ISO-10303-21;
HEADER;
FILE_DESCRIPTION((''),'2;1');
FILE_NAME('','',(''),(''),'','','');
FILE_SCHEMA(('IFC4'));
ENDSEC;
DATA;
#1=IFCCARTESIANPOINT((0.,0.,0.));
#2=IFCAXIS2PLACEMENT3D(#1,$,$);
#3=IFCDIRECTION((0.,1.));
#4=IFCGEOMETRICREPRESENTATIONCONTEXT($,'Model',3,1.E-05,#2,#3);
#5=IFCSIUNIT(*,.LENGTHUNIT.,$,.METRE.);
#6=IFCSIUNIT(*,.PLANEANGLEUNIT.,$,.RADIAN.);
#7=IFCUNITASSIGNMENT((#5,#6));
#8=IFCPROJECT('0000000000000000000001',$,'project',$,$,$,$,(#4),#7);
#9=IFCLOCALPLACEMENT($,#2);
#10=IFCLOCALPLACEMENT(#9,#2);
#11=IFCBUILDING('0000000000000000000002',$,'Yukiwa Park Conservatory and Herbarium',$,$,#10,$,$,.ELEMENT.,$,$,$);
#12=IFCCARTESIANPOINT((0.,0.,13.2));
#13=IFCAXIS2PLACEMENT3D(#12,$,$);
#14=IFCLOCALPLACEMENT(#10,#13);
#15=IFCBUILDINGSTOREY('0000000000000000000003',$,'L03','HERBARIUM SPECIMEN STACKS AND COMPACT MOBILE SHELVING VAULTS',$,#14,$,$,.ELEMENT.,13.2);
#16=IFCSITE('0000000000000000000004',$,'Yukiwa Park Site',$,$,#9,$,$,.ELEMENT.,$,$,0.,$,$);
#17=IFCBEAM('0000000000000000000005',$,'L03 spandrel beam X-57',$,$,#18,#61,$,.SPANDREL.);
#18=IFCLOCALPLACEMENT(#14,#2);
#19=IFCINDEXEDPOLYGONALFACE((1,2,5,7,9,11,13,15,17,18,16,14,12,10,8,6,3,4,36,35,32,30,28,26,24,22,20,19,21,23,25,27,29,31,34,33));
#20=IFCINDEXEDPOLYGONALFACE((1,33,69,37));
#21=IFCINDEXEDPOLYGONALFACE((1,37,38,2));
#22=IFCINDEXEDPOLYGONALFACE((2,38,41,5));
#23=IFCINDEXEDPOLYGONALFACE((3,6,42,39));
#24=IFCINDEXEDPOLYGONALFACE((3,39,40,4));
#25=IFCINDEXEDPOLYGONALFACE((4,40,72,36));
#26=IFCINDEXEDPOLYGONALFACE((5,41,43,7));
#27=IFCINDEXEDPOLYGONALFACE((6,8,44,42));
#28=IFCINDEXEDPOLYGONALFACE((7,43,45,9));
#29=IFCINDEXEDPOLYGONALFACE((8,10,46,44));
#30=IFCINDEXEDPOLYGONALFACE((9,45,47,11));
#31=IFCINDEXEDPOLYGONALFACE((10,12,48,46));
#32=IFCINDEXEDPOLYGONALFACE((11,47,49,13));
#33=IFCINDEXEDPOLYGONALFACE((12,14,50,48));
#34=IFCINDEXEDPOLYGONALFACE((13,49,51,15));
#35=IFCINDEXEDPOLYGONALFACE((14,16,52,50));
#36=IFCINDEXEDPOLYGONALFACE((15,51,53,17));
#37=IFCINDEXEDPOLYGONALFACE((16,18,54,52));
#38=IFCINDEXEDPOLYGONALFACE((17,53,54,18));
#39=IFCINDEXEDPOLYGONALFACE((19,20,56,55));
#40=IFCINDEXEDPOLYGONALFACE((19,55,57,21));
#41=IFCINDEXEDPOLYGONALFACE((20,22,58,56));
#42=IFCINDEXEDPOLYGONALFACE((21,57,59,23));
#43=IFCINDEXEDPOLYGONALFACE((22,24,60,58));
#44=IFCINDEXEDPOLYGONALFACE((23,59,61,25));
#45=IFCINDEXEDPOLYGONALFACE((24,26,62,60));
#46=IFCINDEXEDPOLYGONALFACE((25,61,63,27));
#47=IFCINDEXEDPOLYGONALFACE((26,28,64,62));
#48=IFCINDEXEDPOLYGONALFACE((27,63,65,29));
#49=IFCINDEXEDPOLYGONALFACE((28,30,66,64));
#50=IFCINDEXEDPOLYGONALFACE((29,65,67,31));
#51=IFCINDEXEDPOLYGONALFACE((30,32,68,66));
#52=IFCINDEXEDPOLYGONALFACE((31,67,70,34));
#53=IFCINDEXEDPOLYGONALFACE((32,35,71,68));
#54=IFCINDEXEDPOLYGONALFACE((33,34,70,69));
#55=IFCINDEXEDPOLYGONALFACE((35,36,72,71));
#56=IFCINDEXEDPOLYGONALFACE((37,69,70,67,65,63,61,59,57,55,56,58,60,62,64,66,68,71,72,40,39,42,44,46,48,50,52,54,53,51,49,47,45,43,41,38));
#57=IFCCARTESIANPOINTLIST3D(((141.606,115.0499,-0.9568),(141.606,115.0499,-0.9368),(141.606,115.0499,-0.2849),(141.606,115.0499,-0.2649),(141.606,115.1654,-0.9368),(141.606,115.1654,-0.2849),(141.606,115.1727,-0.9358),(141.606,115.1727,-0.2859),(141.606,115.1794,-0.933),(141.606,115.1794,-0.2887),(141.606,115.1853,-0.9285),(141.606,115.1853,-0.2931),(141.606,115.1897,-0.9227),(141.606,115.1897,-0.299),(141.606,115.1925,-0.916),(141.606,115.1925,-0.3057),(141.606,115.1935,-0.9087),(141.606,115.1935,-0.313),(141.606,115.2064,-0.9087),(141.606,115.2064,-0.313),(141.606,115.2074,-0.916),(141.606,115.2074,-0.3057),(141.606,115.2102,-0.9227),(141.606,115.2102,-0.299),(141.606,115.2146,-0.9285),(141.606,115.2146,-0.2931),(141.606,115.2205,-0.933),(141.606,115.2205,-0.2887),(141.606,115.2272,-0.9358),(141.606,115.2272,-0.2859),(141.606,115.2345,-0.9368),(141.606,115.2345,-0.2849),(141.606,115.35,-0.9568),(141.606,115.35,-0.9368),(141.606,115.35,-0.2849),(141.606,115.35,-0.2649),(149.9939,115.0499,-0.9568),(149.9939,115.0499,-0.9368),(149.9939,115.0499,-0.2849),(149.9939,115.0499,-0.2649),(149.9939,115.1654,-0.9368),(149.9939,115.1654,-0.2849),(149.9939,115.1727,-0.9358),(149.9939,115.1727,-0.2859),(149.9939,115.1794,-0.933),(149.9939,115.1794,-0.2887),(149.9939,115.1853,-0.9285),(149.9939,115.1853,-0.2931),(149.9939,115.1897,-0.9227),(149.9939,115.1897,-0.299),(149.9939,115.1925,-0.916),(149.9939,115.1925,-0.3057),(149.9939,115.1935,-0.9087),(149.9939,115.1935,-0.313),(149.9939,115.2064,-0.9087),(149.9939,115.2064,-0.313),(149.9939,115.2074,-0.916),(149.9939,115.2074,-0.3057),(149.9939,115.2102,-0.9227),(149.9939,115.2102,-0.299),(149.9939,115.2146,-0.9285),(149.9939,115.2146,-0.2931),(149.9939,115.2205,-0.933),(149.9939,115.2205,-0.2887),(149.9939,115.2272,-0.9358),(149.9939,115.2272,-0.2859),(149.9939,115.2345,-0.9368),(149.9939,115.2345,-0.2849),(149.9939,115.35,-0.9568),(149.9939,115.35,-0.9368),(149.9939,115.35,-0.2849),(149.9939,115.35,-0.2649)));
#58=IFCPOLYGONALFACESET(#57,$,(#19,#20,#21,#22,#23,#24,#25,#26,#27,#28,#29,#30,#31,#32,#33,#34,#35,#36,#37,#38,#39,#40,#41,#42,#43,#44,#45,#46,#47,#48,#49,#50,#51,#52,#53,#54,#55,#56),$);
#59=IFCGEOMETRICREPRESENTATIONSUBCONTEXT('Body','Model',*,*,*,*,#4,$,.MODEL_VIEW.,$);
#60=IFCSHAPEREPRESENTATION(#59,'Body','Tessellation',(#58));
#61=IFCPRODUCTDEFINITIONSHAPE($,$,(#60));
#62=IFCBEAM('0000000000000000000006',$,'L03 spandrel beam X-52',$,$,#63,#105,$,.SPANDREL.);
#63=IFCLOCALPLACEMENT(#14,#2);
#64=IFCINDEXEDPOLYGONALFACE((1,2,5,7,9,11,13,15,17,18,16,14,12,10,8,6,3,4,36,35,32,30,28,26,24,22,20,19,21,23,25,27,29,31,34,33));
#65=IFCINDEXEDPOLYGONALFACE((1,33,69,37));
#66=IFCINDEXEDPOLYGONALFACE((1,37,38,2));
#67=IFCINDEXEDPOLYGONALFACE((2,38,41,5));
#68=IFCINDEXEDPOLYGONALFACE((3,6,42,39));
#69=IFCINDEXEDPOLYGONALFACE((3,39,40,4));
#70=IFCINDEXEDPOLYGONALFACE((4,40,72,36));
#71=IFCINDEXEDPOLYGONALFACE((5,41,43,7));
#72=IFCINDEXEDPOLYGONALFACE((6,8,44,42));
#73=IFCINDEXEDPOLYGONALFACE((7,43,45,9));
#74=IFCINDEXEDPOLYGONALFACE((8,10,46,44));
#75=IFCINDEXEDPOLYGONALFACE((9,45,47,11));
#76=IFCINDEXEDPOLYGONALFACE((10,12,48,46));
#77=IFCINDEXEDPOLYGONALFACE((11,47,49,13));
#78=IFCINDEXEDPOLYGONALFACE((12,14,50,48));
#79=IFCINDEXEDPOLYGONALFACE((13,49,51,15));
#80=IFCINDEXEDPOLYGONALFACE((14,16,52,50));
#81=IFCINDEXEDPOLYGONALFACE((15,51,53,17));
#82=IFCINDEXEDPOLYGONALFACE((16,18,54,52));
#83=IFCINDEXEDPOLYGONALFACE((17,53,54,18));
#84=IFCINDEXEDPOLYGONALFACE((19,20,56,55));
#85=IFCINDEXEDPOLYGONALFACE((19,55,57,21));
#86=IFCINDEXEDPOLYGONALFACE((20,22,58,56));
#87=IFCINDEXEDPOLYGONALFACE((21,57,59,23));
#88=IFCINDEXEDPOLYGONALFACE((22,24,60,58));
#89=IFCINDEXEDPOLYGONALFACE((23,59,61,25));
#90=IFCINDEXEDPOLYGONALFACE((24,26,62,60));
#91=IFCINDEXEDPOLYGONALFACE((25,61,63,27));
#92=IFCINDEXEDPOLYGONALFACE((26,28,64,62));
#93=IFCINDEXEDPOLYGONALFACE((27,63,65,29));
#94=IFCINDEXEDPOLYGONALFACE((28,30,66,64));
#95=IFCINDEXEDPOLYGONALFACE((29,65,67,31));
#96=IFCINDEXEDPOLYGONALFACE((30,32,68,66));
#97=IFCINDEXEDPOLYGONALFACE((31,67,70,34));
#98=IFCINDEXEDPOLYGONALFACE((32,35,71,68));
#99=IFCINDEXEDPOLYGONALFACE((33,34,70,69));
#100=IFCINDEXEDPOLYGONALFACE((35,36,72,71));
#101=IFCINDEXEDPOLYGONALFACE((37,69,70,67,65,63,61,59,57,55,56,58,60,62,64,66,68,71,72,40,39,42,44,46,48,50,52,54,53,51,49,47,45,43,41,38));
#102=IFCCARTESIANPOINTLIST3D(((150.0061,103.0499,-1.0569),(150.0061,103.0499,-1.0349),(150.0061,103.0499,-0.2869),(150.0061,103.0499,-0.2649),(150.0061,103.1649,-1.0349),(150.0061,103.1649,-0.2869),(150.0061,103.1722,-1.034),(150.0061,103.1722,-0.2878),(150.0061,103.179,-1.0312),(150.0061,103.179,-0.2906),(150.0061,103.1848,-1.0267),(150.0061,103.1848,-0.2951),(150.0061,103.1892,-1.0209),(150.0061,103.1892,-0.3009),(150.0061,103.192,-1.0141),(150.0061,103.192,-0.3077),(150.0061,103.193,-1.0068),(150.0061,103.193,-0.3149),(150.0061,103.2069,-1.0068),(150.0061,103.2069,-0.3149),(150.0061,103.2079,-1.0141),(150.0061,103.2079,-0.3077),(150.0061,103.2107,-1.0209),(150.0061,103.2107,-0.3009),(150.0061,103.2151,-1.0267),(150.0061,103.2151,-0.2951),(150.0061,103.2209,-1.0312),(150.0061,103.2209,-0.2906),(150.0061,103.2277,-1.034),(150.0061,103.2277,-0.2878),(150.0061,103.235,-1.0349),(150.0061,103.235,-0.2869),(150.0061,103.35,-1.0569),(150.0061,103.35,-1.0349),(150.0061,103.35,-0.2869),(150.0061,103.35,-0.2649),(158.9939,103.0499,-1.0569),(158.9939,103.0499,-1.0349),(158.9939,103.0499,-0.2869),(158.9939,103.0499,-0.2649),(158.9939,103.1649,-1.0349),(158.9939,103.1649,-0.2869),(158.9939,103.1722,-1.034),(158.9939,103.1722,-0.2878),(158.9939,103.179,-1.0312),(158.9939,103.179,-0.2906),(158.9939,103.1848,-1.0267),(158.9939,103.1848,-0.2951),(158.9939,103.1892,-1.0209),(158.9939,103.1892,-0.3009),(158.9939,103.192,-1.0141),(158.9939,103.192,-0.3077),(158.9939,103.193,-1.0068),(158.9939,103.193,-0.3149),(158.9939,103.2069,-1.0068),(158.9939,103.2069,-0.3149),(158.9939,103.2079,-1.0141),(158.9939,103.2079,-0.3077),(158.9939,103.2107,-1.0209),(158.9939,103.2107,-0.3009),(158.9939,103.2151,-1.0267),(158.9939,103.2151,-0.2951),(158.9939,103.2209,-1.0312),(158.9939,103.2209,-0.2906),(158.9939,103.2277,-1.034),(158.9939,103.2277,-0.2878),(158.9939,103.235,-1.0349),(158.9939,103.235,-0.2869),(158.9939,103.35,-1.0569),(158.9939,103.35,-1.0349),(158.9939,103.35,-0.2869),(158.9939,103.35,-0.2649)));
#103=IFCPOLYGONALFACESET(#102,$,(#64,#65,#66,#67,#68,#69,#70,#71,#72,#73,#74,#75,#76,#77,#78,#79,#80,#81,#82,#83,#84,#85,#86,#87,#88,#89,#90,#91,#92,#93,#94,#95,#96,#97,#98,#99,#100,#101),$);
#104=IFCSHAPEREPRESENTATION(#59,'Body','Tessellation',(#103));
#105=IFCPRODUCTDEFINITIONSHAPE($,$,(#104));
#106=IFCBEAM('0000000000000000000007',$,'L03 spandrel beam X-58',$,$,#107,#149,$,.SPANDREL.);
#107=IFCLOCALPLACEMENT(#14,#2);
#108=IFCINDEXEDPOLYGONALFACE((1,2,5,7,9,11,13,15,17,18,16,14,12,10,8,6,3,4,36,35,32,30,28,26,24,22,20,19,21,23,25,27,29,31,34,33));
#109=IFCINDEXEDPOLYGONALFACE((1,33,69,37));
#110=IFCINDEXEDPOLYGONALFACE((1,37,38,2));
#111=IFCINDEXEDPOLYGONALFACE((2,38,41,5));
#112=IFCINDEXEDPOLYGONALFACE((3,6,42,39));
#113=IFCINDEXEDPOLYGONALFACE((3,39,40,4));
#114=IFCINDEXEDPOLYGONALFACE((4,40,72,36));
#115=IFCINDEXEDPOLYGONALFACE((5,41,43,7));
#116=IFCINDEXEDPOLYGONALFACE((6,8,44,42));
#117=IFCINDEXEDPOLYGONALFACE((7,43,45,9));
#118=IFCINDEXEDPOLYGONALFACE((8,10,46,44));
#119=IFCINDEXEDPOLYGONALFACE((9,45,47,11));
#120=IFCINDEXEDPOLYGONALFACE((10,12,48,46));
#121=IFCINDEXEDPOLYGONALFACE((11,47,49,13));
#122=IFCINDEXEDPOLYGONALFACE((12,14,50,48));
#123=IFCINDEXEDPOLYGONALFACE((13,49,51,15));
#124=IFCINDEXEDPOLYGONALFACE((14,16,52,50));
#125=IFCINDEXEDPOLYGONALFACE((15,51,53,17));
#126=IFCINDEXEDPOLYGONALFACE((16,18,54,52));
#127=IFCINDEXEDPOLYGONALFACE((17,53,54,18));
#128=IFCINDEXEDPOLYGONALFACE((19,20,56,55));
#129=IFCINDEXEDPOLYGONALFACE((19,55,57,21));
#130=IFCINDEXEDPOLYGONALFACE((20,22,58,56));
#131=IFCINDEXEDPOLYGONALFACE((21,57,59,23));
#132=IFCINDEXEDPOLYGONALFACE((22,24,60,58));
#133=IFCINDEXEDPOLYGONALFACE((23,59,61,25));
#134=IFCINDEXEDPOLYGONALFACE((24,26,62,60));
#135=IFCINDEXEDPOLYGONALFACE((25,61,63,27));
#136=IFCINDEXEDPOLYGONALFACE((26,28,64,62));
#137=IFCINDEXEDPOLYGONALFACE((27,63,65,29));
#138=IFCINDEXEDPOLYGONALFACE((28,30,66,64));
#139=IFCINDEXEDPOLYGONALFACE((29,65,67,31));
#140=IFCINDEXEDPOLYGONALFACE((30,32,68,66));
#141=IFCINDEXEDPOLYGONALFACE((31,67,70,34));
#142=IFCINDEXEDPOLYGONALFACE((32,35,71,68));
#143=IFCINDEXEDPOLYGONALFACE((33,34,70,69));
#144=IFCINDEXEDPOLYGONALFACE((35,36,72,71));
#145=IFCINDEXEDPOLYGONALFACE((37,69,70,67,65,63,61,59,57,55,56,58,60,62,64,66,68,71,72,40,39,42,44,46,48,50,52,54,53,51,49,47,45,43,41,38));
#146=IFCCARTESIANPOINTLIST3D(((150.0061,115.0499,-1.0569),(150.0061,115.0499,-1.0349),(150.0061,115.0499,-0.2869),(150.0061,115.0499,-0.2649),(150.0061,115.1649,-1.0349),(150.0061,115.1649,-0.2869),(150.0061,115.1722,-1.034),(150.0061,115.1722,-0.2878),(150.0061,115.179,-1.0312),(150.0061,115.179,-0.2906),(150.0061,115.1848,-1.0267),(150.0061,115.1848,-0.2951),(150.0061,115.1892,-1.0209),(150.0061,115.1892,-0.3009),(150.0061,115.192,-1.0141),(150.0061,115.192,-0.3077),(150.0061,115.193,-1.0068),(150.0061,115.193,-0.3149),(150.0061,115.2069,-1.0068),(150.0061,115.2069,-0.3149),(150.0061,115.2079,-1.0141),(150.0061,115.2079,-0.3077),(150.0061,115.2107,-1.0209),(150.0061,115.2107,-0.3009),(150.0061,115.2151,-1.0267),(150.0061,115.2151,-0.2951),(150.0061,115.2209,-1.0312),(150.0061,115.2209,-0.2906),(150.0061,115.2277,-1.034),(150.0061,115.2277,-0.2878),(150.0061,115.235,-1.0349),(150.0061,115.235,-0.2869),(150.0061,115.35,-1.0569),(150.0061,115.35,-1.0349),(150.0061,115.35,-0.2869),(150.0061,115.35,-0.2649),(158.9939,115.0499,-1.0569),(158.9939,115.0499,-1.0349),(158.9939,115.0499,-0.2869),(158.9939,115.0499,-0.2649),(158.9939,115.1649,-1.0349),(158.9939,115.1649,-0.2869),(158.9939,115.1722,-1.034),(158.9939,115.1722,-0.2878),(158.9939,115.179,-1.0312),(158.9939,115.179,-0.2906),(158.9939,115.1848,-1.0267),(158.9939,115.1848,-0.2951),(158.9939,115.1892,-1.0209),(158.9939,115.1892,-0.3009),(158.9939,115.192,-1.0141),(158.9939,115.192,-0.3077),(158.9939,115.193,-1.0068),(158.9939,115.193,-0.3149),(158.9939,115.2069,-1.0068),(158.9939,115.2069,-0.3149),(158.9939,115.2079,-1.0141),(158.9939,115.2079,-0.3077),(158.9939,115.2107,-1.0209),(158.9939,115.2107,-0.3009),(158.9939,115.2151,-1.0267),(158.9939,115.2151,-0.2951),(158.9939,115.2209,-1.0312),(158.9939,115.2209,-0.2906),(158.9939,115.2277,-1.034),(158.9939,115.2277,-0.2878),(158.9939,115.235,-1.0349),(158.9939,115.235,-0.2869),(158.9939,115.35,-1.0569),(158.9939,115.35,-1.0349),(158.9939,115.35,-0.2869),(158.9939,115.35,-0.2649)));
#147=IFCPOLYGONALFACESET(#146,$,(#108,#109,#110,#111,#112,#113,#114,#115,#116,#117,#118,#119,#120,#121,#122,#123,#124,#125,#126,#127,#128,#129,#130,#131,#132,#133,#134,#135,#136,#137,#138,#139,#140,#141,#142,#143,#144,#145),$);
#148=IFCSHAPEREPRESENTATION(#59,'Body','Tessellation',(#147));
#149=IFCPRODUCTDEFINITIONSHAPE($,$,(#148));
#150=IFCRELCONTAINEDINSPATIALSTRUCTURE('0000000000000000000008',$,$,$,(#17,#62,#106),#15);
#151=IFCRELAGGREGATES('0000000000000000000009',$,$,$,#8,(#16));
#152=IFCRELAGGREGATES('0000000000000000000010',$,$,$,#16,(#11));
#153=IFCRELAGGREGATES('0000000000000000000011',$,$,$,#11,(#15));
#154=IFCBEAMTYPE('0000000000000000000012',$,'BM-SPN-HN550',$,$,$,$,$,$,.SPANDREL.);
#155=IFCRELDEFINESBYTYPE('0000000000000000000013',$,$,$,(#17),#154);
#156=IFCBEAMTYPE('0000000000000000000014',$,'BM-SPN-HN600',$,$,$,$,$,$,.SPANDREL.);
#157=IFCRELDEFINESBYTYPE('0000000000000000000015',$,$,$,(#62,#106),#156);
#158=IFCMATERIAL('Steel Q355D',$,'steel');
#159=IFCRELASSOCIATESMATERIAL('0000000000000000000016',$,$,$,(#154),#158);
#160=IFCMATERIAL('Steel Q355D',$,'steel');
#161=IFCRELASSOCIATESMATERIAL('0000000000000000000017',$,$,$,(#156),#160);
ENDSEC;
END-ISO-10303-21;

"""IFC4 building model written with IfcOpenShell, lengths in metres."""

from ifc_helpers import new_model, si_unit, direction, frame, origin, origin_2d, place, context, subcontext, project, spatial, i_section, extrude, material, material_profile, profile_set, type_object, element, save


model = new_model("IFC4")

# Units and contexts
model_context = context("Model", 3, precision=1e-05, world=origin(), true_north=direction((0.0, 1.0)))
body_context = subcontext(model_context, "Body", "Model", "MODEL_VIEW")
ifc_project = project(units=[si_unit("LENGTHUNIT", "METRE"), si_unit("PLANEANGLEUNIT", "RADIAN")], contexts=[model_context])

# Site, building, storey
site_placement = place(None, origin())
site = spatial("IfcSite", under=ifc_project, at=site_placement, Name="Yukiwa Park Site", CompositionType="ELEMENT", RefElevation=0.0)
building_placement = place(site_placement, origin())
building = spatial("IfcBuilding", under=site, at=building_placement, Name="Yukiwa Park Conservatory and Herbarium", CompositionType="ELEMENT")
storey_placement = place(building_placement, frame((0.0, 0.0, 13.2)))
storey = spatial("IfcBuildingStorey", under=building, at=storey_placement, Name="L03", Description="HERBARIUM SPECIMEN STACKS AND COMPACT MOBILE SHELVING VAULTS", CompositionType="ELEMENT", Elevation=13.2)

# Beams
ifc_material_1 = material(Name="Steel Q355D", Category="steel")
ifc_material_profile_1 = material_profile(ifc_material_1, i_section(OverallWidth=0.3, OverallDepth=0.6919, WebThickness=0.0129, FlangeThickness=0.02, FilletRadius=0.0281, at=origin_2d()), Name="HN 692x300x13x20")
ifc_profile_set_1 = profile_set([ifc_material_profile_1], Name="Steel Q355D")
beam_type_1 = type_object("IfcBeamType", Name="BM-SPN-HN550", PredefinedType="SPANDREL", material=ifc_profile_set_1)
for number, where, z_axis, x_axis, name in (
    (1, (141.606, 115.2, -0.6108), (1.0, 0.0, 0.0), (0.0, 1.0, 0.0), "L03 spandrel beam X-57"),
):
    element("IfcBeam", number, at=place(storey_placement, frame(where, z_axis=z_axis, x_axis=x_axis)), inside=storey, type_object=beam_type_1, Name=name, PredefinedType="SPANDREL", context=body_context, shape_type="SweptSolid", body=[
        extrude(i_section(OverallWidth=0.3, OverallDepth=0.6919, WebThickness=0.0129, FlangeThickness=0.02, FilletRadius=0.0281, at=origin_2d()), origin(), (0.0, 0.0, 1.0), 8.3879),
    ])
ifc_material_2 = material(Name="Steel Q355D", Category="steel")
ifc_material_profile_2 = material_profile(ifc_material_2, i_section(OverallWidth=0.3, OverallDepth=0.792, WebThickness=0.0139, FlangeThickness=0.022, FilletRadius=0.0281, at=origin_2d()), Name="HN 792x300x14x22")
ifc_profile_set_2 = profile_set([ifc_material_profile_2], Name="Steel Q355D")
beam_type_2 = type_object("IfcBeamType", Name="BM-SPN-HN600", PredefinedType="SPANDREL", material=ifc_profile_set_2)
for number, where, z_axis, x_axis, name in (
    (2, (150.0061, 103.2, -0.6609), (1.0, 0.0, 0.0), (0.0, 1.0, 0.0), "L03 spandrel beam X-52"),
    (3, (150.0061, 115.2, -0.6609), (1.0, 0.0, 0.0), (0.0, 1.0, 0.0), "L03 spandrel beam X-58"),
):
    element("IfcBeam", number, at=place(storey_placement, frame(where, z_axis=z_axis, x_axis=x_axis)), inside=storey, type_object=beam_type_2, Name=name, PredefinedType="SPANDREL", context=body_context, shape_type="SweptSolid", body=[
        extrude(i_section(OverallWidth=0.3, OverallDepth=0.792, WebThickness=0.0139, FlangeThickness=0.022, FilletRadius=0.0281, at=origin_2d()), origin(), (0.0, 0.0, 1.0), 8.9878),
    ])

save(model, "model.ifc")
